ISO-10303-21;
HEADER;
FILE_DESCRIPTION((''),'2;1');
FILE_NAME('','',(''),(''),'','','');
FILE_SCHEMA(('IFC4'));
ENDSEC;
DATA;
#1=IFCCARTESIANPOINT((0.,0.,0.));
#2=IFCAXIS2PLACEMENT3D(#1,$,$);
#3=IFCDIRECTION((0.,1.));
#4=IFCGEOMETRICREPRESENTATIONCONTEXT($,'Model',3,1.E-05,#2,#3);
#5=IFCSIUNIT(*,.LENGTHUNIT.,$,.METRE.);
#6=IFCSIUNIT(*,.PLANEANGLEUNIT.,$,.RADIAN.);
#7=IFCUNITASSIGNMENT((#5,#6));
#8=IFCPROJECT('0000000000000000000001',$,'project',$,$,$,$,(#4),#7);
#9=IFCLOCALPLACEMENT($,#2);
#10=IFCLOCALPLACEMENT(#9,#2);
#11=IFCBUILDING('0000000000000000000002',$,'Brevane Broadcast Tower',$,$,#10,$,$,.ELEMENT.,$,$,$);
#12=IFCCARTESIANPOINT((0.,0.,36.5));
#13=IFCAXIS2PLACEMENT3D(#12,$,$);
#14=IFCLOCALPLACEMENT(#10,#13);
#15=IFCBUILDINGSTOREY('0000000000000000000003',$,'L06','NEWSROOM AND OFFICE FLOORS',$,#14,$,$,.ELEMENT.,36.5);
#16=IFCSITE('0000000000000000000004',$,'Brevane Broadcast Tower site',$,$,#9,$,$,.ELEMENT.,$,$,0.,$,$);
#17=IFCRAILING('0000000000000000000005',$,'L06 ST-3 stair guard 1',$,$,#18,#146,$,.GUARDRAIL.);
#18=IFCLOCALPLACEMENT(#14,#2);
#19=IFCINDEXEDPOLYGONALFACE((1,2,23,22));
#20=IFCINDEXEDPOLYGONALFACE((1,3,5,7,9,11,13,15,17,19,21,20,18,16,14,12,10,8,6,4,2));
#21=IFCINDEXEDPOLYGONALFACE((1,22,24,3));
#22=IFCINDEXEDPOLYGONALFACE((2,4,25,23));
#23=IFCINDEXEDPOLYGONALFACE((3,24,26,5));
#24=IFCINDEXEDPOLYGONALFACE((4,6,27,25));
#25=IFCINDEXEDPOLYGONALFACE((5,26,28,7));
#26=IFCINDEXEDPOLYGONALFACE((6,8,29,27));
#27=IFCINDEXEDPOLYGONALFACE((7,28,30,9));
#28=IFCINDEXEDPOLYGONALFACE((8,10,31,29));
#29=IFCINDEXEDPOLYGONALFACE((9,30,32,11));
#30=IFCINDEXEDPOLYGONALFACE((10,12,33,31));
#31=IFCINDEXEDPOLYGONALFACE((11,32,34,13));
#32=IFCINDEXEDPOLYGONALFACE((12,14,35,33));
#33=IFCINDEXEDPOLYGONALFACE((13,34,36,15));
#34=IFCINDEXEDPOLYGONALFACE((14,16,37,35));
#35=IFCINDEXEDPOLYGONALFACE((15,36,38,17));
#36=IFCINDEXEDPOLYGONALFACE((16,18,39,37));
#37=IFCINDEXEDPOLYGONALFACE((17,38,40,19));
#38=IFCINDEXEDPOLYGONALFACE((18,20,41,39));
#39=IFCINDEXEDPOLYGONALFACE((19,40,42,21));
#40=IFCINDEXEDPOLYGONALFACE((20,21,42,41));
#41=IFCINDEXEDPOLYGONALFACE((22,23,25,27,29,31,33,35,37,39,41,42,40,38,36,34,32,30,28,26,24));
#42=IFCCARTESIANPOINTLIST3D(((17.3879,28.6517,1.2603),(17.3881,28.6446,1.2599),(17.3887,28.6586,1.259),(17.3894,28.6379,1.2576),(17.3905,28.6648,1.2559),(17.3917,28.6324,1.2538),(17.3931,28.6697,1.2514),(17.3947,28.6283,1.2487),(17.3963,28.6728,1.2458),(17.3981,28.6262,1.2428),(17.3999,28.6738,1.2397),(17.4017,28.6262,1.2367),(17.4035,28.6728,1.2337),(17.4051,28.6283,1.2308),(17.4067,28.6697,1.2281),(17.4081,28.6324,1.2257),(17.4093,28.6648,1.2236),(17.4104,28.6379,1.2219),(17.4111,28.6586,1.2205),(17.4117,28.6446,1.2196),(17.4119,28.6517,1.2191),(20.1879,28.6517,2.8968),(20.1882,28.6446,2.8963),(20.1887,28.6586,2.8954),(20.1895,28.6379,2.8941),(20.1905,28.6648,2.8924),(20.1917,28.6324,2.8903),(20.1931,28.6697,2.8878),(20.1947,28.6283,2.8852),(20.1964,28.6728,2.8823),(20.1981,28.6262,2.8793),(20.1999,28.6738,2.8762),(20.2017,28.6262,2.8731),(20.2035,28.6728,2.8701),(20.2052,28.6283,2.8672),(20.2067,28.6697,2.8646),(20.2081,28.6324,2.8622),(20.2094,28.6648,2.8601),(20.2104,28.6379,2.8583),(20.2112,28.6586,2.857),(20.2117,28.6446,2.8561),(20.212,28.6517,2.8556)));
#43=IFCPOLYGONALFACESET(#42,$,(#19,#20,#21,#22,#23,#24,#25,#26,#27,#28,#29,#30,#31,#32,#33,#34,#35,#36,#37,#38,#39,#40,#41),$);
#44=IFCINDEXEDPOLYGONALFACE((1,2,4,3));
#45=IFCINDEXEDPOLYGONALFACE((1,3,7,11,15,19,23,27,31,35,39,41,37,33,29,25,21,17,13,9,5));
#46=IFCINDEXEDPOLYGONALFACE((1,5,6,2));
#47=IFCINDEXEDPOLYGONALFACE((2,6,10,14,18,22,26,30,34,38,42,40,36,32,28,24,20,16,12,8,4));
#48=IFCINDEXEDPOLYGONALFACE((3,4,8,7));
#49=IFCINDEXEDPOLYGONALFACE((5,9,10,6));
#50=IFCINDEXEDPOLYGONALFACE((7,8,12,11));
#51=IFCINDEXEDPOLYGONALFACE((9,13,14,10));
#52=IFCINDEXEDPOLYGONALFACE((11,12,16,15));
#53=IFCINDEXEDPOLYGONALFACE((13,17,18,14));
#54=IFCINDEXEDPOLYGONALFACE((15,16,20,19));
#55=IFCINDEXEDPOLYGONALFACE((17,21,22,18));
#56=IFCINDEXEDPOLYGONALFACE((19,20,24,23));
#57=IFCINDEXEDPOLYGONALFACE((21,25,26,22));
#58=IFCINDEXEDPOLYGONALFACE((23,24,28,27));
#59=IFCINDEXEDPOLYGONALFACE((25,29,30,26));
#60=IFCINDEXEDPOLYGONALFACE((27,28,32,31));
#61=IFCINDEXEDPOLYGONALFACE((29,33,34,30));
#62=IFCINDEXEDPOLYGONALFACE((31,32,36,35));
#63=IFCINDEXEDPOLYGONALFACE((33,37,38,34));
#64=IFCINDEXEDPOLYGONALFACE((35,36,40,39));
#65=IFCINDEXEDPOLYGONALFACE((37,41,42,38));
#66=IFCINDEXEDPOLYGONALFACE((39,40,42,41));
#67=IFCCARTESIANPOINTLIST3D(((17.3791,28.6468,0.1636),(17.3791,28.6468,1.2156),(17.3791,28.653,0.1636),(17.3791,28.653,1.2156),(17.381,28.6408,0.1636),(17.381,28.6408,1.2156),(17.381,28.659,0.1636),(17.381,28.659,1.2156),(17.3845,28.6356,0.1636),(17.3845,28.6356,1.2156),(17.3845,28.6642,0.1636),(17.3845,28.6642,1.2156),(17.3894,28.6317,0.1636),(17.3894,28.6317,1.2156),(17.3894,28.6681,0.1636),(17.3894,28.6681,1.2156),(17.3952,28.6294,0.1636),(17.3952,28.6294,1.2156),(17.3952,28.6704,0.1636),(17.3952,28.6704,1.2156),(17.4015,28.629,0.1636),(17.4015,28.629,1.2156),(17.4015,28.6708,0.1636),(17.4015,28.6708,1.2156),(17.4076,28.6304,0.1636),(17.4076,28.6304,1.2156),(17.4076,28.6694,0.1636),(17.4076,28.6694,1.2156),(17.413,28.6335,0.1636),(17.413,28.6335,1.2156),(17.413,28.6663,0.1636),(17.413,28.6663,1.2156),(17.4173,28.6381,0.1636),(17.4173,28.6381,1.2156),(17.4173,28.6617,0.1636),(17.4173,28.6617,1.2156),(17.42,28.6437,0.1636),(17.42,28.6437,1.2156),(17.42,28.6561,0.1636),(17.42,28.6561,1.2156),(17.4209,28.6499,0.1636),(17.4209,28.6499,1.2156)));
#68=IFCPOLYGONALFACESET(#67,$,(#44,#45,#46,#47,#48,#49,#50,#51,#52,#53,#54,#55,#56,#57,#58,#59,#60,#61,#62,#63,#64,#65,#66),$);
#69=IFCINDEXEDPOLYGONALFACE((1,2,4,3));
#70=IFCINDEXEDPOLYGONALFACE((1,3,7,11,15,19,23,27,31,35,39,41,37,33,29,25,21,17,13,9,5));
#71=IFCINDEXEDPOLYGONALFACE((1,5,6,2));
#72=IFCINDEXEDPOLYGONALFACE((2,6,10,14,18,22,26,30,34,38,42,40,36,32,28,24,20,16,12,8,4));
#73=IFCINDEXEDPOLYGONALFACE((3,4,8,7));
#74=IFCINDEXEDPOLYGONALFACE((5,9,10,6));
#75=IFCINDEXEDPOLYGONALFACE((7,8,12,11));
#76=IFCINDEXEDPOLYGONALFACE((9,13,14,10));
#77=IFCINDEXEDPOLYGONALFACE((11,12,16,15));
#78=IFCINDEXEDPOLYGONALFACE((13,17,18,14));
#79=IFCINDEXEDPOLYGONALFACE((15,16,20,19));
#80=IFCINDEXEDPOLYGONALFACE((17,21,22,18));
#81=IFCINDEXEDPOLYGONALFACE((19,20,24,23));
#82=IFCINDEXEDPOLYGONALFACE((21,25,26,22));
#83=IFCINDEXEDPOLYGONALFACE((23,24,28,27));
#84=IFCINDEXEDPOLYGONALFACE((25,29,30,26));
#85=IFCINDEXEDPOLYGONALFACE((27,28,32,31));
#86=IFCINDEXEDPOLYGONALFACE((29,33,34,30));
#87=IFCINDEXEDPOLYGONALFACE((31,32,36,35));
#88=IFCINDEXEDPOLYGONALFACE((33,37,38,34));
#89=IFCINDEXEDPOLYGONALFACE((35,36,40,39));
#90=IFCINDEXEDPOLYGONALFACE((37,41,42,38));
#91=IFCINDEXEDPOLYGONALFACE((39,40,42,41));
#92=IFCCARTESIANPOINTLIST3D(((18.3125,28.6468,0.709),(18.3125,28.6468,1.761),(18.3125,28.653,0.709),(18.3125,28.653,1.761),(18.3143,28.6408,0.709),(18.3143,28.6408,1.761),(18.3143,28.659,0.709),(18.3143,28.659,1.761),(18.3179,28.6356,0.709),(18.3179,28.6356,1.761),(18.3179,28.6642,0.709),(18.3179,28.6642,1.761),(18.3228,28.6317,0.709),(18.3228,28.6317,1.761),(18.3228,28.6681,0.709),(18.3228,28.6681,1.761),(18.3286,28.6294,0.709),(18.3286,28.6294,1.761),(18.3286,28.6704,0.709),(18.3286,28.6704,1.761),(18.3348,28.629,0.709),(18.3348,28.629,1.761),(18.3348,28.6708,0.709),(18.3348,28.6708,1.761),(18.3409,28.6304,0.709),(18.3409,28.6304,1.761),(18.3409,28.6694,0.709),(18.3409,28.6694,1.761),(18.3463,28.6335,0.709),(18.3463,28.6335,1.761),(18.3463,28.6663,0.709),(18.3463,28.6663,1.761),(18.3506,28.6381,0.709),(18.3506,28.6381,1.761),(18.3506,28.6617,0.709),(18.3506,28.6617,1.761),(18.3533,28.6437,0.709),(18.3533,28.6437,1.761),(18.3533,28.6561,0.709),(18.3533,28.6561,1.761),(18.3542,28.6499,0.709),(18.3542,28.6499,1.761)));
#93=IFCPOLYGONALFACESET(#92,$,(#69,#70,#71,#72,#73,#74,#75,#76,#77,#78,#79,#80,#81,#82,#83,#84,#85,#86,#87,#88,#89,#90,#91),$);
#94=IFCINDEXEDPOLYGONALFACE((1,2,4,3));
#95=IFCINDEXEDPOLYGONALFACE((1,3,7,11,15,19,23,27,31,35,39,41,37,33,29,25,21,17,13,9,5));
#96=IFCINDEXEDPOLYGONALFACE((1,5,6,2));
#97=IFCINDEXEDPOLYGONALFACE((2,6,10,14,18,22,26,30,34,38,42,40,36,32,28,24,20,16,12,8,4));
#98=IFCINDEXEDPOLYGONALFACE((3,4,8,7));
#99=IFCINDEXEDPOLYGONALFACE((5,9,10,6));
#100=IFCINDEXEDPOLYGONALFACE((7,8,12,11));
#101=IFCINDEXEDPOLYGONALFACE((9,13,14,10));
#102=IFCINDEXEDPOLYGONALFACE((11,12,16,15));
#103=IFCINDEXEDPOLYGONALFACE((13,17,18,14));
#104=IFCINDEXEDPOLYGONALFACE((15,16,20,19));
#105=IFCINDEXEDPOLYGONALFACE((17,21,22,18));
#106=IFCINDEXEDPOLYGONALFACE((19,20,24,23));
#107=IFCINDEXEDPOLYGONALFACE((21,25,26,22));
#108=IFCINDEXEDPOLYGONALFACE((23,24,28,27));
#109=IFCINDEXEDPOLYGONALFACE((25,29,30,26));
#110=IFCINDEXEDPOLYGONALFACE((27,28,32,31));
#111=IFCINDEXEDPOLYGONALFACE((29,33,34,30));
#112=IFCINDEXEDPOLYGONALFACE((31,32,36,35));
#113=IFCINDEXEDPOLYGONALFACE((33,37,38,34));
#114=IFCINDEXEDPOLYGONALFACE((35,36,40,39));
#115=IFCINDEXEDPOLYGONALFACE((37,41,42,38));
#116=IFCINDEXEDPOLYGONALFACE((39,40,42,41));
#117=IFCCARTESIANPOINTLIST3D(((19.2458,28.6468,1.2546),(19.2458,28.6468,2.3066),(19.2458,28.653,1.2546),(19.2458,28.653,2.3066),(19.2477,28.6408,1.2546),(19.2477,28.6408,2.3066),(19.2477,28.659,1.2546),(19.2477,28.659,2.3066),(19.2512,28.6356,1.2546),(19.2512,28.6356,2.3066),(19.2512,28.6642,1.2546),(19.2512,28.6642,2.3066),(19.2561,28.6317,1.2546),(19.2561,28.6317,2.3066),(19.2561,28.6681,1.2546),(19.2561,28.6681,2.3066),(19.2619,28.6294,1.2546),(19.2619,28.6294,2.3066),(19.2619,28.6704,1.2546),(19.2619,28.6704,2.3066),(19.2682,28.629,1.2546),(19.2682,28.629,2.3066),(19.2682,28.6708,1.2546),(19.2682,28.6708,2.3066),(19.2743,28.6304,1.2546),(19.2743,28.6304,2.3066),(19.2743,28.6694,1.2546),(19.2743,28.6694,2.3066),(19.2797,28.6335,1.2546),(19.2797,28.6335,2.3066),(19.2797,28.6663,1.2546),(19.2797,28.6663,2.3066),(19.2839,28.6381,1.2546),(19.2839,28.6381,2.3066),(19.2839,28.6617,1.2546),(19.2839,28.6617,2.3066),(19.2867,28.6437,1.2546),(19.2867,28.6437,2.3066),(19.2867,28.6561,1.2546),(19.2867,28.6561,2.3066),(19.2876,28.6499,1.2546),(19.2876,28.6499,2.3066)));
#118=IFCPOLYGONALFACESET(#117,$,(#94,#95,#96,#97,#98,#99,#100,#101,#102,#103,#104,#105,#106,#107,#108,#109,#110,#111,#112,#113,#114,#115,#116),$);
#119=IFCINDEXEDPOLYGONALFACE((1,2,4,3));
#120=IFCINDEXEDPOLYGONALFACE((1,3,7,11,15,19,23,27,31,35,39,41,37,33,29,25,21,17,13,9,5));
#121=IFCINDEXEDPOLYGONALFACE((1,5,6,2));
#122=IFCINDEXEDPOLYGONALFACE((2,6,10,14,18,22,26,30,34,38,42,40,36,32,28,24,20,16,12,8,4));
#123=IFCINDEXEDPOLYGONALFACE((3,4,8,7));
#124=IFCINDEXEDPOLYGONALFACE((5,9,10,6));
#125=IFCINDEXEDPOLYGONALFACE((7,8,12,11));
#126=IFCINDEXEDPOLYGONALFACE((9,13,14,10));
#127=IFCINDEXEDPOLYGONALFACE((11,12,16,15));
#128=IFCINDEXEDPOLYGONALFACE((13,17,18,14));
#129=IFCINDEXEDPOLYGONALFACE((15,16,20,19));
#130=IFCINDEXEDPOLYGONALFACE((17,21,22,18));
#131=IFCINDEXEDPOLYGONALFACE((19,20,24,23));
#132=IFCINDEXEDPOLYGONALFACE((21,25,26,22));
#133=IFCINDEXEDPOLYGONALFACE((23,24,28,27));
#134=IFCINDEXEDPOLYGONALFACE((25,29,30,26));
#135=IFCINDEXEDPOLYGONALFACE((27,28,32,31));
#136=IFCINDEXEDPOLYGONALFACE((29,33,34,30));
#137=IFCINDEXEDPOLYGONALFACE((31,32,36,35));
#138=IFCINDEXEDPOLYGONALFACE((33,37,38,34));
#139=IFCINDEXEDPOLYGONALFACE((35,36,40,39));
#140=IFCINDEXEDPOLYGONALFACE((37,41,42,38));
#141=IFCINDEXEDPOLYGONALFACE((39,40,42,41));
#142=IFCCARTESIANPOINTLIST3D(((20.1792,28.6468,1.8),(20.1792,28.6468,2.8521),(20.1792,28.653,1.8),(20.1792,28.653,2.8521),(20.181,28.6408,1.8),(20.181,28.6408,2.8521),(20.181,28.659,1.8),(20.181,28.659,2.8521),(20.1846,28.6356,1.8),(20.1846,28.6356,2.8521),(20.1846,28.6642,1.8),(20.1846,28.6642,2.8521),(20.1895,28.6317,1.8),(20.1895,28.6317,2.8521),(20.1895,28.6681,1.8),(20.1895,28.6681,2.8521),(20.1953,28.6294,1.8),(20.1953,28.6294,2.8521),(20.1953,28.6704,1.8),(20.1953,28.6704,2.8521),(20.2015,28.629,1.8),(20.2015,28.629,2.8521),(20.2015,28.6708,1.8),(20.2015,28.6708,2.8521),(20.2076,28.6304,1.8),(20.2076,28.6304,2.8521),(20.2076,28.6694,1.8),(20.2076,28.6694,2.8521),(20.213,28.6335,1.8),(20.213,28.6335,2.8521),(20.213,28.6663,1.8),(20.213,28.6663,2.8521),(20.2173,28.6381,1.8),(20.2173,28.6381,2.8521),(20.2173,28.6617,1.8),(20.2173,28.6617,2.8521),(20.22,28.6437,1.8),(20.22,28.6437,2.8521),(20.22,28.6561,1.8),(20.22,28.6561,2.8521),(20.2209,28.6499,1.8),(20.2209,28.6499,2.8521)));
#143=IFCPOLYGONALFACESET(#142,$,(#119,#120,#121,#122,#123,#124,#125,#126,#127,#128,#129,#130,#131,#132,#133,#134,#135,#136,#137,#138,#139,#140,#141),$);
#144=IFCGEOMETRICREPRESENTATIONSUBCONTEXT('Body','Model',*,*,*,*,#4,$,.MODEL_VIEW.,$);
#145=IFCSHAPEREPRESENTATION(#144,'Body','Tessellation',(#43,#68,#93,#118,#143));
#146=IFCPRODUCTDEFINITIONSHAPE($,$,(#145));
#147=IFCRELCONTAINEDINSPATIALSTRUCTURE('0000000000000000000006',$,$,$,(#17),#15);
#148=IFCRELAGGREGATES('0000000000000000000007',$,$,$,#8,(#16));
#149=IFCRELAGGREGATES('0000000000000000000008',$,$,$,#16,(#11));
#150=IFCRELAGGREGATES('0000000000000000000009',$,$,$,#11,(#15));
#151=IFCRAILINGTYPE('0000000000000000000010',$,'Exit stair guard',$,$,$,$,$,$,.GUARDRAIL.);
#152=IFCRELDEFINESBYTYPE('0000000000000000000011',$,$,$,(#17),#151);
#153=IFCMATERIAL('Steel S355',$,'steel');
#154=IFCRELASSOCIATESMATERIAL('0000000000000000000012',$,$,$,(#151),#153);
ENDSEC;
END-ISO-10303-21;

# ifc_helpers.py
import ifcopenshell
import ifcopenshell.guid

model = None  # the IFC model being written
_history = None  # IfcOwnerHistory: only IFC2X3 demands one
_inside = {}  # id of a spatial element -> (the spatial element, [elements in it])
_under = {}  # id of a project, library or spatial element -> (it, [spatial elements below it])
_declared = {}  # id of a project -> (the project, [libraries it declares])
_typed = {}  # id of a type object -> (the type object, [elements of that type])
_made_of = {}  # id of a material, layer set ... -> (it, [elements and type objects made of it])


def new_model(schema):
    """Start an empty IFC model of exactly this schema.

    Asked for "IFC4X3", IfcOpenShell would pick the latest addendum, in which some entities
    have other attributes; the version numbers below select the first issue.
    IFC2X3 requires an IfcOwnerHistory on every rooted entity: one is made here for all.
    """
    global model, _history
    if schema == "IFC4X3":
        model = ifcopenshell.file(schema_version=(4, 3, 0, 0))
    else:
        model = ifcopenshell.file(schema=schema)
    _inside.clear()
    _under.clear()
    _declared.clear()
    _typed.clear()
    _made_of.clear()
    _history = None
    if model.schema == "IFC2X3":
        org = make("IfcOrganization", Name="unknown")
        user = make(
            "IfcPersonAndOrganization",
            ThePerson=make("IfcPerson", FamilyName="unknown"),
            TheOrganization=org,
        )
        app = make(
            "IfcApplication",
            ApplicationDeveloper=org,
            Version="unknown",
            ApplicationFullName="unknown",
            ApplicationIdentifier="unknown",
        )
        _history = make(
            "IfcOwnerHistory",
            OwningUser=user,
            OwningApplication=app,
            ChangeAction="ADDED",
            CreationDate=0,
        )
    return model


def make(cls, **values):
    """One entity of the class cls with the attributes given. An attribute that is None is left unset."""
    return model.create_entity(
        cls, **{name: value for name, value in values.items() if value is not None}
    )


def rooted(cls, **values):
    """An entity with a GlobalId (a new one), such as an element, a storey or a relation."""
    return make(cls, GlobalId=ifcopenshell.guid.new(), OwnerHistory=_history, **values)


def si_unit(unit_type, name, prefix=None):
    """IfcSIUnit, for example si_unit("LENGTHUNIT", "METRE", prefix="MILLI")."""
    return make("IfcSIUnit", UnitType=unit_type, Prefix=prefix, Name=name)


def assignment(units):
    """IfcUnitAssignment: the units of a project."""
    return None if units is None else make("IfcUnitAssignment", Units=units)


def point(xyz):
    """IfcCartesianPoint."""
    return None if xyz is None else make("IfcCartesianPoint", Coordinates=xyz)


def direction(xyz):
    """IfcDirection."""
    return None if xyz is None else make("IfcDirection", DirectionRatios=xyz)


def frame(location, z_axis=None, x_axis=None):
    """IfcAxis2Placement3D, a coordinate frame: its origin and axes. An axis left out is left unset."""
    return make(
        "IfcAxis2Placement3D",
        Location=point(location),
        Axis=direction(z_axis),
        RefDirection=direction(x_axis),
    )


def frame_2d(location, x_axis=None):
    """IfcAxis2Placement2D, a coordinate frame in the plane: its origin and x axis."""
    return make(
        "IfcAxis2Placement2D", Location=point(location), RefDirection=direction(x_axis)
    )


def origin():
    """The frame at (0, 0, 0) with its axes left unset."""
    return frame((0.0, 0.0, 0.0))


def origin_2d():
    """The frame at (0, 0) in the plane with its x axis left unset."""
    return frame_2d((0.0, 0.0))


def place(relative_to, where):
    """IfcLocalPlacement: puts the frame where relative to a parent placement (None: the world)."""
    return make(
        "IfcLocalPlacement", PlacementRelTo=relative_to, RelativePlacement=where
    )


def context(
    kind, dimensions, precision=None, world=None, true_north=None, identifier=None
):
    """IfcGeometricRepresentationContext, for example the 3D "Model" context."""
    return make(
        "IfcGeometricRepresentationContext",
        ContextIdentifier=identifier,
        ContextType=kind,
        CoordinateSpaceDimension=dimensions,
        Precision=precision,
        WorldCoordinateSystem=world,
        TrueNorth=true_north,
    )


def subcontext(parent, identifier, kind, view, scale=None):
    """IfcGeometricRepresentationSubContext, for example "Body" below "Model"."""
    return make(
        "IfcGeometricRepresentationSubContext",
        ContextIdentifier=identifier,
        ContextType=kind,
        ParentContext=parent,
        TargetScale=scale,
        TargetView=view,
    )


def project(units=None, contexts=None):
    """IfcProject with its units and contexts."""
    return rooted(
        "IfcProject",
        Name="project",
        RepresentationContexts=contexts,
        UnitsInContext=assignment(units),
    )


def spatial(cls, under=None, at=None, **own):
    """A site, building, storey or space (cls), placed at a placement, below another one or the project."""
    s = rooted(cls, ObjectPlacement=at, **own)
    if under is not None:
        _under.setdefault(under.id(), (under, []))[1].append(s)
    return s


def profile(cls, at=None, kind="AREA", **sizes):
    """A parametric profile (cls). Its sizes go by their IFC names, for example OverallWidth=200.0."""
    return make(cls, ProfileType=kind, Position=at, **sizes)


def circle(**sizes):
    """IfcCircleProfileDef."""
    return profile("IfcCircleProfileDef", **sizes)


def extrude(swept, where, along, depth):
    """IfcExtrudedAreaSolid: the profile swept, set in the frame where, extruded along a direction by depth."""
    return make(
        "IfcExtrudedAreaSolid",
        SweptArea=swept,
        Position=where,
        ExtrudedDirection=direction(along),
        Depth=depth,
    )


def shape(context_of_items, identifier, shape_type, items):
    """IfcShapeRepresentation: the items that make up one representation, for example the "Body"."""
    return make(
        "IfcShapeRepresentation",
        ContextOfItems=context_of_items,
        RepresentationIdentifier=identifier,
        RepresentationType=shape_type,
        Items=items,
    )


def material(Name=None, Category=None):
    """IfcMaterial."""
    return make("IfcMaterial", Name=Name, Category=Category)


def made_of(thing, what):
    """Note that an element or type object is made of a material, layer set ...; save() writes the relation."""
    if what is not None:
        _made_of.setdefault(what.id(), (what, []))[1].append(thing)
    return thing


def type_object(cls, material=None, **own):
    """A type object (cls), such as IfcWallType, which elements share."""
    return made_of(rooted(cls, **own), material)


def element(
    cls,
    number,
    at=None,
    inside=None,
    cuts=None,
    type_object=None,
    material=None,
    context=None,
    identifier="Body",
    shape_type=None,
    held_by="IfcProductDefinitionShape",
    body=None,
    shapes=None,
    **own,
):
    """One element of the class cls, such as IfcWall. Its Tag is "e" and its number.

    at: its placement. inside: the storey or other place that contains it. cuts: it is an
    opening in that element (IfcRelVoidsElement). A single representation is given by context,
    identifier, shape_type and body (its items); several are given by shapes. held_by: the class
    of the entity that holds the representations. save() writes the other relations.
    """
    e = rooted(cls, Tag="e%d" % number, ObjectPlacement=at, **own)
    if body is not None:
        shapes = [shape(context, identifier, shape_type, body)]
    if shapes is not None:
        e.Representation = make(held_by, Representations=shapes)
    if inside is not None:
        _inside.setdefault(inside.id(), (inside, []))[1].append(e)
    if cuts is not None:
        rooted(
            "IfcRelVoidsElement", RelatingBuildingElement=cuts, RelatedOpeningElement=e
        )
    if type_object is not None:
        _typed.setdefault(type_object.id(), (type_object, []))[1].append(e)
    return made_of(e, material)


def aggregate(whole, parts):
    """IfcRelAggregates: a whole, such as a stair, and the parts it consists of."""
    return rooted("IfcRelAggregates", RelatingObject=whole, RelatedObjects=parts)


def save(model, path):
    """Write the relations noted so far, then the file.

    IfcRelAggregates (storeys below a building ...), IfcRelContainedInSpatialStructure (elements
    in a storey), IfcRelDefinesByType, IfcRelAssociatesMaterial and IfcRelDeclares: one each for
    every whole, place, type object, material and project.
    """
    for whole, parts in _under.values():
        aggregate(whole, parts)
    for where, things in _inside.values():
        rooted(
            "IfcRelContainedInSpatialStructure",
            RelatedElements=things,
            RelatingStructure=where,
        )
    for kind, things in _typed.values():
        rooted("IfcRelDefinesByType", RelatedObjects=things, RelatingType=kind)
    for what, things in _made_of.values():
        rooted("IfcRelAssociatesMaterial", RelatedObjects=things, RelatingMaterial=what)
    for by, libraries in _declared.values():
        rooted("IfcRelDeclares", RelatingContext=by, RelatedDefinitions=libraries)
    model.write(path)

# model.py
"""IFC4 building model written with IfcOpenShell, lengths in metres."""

from ifc_helpers import new_model, si_unit, direction, frame, origin, origin_2d, place, context, subcontext, project, spatial, circle, extrude, material, type_object, element, save


model = new_model("IFC4")

# Units and contexts
model_context = context("Model", 3, precision=1e-05, world=origin(), true_north=direction((0.0, 1.0)))
body_context = subcontext(model_context, "Body", "Model", "MODEL_VIEW")
ifc_project = project(units=[si_unit("LENGTHUNIT", "METRE"), si_unit("PLANEANGLEUNIT", "RADIAN")], contexts=[model_context])

# Site, building, storey
site_placement = place(None, origin())
site = spatial("IfcSite", under=ifc_project, at=site_placement, Name="Brevane Broadcast Tower site", CompositionType="ELEMENT", RefElevation=0.0)
building_placement = place(site_placement, origin())
building = spatial("IfcBuilding", under=site, at=building_placement, Name="Brevane Broadcast Tower", CompositionType="ELEMENT")
storey_placement = place(building_placement, frame((0.0, 0.0, 36.5)))
storey = spatial("IfcBuildingStorey", under=building, at=storey_placement, Name="L06", Description="NEWSROOM AND OFFICE FLOORS", CompositionType="ELEMENT", Elevation=36.5)

# Shared definitions
ifc_material_1 = material(Name="Steel S355", Category="steel")

# Railing
railing_type_1 = type_object("IfcRailingType", Name="Exit stair guard", PredefinedType="GUARDRAIL", material=ifc_material_1)
railing_1_placement = place(storey_placement, frame((17.3999, 28.6499, 0.1636)))
element("IfcRailing", 1, at=railing_1_placement, inside=storey, type_object=railing_type_1, Name="L06 ST-3 stair guard 1", PredefinedType="GUARDRAIL", context=body_context, shape_type="SweptSolid", body=[
    extrude(circle(Radius=0.0239, at=origin_2d()), frame((0.0, 0.0, 1.0762), z_axis=(0.863361, 0.0, 0.504587), x_axis=(0.0, 1.0, 0.0)), (0.0, 0.0, 1.0), 3.2432),
    extrude(circle(Radius=0.021, at=origin_2d()), origin(), (0.0, 0.0, 1.0), 1.052),
    extrude(circle(Radius=0.021, at=origin_2d()), frame((0.9333, 0.0, 0.5454)), (0.0, 0.0, 1.0), 1.052),
    extrude(circle(Radius=0.021, at=origin_2d()), frame((1.8667, 0.0, 1.0911)), (0.0, 0.0, 1.0), 1.052),
    extrude(circle(Radius=0.021, at=origin_2d()), frame((2.8, 0.0, 1.6365)), (0.0, 0.0, 1.0), 1.052),
])

save(model, "model.ifc")
